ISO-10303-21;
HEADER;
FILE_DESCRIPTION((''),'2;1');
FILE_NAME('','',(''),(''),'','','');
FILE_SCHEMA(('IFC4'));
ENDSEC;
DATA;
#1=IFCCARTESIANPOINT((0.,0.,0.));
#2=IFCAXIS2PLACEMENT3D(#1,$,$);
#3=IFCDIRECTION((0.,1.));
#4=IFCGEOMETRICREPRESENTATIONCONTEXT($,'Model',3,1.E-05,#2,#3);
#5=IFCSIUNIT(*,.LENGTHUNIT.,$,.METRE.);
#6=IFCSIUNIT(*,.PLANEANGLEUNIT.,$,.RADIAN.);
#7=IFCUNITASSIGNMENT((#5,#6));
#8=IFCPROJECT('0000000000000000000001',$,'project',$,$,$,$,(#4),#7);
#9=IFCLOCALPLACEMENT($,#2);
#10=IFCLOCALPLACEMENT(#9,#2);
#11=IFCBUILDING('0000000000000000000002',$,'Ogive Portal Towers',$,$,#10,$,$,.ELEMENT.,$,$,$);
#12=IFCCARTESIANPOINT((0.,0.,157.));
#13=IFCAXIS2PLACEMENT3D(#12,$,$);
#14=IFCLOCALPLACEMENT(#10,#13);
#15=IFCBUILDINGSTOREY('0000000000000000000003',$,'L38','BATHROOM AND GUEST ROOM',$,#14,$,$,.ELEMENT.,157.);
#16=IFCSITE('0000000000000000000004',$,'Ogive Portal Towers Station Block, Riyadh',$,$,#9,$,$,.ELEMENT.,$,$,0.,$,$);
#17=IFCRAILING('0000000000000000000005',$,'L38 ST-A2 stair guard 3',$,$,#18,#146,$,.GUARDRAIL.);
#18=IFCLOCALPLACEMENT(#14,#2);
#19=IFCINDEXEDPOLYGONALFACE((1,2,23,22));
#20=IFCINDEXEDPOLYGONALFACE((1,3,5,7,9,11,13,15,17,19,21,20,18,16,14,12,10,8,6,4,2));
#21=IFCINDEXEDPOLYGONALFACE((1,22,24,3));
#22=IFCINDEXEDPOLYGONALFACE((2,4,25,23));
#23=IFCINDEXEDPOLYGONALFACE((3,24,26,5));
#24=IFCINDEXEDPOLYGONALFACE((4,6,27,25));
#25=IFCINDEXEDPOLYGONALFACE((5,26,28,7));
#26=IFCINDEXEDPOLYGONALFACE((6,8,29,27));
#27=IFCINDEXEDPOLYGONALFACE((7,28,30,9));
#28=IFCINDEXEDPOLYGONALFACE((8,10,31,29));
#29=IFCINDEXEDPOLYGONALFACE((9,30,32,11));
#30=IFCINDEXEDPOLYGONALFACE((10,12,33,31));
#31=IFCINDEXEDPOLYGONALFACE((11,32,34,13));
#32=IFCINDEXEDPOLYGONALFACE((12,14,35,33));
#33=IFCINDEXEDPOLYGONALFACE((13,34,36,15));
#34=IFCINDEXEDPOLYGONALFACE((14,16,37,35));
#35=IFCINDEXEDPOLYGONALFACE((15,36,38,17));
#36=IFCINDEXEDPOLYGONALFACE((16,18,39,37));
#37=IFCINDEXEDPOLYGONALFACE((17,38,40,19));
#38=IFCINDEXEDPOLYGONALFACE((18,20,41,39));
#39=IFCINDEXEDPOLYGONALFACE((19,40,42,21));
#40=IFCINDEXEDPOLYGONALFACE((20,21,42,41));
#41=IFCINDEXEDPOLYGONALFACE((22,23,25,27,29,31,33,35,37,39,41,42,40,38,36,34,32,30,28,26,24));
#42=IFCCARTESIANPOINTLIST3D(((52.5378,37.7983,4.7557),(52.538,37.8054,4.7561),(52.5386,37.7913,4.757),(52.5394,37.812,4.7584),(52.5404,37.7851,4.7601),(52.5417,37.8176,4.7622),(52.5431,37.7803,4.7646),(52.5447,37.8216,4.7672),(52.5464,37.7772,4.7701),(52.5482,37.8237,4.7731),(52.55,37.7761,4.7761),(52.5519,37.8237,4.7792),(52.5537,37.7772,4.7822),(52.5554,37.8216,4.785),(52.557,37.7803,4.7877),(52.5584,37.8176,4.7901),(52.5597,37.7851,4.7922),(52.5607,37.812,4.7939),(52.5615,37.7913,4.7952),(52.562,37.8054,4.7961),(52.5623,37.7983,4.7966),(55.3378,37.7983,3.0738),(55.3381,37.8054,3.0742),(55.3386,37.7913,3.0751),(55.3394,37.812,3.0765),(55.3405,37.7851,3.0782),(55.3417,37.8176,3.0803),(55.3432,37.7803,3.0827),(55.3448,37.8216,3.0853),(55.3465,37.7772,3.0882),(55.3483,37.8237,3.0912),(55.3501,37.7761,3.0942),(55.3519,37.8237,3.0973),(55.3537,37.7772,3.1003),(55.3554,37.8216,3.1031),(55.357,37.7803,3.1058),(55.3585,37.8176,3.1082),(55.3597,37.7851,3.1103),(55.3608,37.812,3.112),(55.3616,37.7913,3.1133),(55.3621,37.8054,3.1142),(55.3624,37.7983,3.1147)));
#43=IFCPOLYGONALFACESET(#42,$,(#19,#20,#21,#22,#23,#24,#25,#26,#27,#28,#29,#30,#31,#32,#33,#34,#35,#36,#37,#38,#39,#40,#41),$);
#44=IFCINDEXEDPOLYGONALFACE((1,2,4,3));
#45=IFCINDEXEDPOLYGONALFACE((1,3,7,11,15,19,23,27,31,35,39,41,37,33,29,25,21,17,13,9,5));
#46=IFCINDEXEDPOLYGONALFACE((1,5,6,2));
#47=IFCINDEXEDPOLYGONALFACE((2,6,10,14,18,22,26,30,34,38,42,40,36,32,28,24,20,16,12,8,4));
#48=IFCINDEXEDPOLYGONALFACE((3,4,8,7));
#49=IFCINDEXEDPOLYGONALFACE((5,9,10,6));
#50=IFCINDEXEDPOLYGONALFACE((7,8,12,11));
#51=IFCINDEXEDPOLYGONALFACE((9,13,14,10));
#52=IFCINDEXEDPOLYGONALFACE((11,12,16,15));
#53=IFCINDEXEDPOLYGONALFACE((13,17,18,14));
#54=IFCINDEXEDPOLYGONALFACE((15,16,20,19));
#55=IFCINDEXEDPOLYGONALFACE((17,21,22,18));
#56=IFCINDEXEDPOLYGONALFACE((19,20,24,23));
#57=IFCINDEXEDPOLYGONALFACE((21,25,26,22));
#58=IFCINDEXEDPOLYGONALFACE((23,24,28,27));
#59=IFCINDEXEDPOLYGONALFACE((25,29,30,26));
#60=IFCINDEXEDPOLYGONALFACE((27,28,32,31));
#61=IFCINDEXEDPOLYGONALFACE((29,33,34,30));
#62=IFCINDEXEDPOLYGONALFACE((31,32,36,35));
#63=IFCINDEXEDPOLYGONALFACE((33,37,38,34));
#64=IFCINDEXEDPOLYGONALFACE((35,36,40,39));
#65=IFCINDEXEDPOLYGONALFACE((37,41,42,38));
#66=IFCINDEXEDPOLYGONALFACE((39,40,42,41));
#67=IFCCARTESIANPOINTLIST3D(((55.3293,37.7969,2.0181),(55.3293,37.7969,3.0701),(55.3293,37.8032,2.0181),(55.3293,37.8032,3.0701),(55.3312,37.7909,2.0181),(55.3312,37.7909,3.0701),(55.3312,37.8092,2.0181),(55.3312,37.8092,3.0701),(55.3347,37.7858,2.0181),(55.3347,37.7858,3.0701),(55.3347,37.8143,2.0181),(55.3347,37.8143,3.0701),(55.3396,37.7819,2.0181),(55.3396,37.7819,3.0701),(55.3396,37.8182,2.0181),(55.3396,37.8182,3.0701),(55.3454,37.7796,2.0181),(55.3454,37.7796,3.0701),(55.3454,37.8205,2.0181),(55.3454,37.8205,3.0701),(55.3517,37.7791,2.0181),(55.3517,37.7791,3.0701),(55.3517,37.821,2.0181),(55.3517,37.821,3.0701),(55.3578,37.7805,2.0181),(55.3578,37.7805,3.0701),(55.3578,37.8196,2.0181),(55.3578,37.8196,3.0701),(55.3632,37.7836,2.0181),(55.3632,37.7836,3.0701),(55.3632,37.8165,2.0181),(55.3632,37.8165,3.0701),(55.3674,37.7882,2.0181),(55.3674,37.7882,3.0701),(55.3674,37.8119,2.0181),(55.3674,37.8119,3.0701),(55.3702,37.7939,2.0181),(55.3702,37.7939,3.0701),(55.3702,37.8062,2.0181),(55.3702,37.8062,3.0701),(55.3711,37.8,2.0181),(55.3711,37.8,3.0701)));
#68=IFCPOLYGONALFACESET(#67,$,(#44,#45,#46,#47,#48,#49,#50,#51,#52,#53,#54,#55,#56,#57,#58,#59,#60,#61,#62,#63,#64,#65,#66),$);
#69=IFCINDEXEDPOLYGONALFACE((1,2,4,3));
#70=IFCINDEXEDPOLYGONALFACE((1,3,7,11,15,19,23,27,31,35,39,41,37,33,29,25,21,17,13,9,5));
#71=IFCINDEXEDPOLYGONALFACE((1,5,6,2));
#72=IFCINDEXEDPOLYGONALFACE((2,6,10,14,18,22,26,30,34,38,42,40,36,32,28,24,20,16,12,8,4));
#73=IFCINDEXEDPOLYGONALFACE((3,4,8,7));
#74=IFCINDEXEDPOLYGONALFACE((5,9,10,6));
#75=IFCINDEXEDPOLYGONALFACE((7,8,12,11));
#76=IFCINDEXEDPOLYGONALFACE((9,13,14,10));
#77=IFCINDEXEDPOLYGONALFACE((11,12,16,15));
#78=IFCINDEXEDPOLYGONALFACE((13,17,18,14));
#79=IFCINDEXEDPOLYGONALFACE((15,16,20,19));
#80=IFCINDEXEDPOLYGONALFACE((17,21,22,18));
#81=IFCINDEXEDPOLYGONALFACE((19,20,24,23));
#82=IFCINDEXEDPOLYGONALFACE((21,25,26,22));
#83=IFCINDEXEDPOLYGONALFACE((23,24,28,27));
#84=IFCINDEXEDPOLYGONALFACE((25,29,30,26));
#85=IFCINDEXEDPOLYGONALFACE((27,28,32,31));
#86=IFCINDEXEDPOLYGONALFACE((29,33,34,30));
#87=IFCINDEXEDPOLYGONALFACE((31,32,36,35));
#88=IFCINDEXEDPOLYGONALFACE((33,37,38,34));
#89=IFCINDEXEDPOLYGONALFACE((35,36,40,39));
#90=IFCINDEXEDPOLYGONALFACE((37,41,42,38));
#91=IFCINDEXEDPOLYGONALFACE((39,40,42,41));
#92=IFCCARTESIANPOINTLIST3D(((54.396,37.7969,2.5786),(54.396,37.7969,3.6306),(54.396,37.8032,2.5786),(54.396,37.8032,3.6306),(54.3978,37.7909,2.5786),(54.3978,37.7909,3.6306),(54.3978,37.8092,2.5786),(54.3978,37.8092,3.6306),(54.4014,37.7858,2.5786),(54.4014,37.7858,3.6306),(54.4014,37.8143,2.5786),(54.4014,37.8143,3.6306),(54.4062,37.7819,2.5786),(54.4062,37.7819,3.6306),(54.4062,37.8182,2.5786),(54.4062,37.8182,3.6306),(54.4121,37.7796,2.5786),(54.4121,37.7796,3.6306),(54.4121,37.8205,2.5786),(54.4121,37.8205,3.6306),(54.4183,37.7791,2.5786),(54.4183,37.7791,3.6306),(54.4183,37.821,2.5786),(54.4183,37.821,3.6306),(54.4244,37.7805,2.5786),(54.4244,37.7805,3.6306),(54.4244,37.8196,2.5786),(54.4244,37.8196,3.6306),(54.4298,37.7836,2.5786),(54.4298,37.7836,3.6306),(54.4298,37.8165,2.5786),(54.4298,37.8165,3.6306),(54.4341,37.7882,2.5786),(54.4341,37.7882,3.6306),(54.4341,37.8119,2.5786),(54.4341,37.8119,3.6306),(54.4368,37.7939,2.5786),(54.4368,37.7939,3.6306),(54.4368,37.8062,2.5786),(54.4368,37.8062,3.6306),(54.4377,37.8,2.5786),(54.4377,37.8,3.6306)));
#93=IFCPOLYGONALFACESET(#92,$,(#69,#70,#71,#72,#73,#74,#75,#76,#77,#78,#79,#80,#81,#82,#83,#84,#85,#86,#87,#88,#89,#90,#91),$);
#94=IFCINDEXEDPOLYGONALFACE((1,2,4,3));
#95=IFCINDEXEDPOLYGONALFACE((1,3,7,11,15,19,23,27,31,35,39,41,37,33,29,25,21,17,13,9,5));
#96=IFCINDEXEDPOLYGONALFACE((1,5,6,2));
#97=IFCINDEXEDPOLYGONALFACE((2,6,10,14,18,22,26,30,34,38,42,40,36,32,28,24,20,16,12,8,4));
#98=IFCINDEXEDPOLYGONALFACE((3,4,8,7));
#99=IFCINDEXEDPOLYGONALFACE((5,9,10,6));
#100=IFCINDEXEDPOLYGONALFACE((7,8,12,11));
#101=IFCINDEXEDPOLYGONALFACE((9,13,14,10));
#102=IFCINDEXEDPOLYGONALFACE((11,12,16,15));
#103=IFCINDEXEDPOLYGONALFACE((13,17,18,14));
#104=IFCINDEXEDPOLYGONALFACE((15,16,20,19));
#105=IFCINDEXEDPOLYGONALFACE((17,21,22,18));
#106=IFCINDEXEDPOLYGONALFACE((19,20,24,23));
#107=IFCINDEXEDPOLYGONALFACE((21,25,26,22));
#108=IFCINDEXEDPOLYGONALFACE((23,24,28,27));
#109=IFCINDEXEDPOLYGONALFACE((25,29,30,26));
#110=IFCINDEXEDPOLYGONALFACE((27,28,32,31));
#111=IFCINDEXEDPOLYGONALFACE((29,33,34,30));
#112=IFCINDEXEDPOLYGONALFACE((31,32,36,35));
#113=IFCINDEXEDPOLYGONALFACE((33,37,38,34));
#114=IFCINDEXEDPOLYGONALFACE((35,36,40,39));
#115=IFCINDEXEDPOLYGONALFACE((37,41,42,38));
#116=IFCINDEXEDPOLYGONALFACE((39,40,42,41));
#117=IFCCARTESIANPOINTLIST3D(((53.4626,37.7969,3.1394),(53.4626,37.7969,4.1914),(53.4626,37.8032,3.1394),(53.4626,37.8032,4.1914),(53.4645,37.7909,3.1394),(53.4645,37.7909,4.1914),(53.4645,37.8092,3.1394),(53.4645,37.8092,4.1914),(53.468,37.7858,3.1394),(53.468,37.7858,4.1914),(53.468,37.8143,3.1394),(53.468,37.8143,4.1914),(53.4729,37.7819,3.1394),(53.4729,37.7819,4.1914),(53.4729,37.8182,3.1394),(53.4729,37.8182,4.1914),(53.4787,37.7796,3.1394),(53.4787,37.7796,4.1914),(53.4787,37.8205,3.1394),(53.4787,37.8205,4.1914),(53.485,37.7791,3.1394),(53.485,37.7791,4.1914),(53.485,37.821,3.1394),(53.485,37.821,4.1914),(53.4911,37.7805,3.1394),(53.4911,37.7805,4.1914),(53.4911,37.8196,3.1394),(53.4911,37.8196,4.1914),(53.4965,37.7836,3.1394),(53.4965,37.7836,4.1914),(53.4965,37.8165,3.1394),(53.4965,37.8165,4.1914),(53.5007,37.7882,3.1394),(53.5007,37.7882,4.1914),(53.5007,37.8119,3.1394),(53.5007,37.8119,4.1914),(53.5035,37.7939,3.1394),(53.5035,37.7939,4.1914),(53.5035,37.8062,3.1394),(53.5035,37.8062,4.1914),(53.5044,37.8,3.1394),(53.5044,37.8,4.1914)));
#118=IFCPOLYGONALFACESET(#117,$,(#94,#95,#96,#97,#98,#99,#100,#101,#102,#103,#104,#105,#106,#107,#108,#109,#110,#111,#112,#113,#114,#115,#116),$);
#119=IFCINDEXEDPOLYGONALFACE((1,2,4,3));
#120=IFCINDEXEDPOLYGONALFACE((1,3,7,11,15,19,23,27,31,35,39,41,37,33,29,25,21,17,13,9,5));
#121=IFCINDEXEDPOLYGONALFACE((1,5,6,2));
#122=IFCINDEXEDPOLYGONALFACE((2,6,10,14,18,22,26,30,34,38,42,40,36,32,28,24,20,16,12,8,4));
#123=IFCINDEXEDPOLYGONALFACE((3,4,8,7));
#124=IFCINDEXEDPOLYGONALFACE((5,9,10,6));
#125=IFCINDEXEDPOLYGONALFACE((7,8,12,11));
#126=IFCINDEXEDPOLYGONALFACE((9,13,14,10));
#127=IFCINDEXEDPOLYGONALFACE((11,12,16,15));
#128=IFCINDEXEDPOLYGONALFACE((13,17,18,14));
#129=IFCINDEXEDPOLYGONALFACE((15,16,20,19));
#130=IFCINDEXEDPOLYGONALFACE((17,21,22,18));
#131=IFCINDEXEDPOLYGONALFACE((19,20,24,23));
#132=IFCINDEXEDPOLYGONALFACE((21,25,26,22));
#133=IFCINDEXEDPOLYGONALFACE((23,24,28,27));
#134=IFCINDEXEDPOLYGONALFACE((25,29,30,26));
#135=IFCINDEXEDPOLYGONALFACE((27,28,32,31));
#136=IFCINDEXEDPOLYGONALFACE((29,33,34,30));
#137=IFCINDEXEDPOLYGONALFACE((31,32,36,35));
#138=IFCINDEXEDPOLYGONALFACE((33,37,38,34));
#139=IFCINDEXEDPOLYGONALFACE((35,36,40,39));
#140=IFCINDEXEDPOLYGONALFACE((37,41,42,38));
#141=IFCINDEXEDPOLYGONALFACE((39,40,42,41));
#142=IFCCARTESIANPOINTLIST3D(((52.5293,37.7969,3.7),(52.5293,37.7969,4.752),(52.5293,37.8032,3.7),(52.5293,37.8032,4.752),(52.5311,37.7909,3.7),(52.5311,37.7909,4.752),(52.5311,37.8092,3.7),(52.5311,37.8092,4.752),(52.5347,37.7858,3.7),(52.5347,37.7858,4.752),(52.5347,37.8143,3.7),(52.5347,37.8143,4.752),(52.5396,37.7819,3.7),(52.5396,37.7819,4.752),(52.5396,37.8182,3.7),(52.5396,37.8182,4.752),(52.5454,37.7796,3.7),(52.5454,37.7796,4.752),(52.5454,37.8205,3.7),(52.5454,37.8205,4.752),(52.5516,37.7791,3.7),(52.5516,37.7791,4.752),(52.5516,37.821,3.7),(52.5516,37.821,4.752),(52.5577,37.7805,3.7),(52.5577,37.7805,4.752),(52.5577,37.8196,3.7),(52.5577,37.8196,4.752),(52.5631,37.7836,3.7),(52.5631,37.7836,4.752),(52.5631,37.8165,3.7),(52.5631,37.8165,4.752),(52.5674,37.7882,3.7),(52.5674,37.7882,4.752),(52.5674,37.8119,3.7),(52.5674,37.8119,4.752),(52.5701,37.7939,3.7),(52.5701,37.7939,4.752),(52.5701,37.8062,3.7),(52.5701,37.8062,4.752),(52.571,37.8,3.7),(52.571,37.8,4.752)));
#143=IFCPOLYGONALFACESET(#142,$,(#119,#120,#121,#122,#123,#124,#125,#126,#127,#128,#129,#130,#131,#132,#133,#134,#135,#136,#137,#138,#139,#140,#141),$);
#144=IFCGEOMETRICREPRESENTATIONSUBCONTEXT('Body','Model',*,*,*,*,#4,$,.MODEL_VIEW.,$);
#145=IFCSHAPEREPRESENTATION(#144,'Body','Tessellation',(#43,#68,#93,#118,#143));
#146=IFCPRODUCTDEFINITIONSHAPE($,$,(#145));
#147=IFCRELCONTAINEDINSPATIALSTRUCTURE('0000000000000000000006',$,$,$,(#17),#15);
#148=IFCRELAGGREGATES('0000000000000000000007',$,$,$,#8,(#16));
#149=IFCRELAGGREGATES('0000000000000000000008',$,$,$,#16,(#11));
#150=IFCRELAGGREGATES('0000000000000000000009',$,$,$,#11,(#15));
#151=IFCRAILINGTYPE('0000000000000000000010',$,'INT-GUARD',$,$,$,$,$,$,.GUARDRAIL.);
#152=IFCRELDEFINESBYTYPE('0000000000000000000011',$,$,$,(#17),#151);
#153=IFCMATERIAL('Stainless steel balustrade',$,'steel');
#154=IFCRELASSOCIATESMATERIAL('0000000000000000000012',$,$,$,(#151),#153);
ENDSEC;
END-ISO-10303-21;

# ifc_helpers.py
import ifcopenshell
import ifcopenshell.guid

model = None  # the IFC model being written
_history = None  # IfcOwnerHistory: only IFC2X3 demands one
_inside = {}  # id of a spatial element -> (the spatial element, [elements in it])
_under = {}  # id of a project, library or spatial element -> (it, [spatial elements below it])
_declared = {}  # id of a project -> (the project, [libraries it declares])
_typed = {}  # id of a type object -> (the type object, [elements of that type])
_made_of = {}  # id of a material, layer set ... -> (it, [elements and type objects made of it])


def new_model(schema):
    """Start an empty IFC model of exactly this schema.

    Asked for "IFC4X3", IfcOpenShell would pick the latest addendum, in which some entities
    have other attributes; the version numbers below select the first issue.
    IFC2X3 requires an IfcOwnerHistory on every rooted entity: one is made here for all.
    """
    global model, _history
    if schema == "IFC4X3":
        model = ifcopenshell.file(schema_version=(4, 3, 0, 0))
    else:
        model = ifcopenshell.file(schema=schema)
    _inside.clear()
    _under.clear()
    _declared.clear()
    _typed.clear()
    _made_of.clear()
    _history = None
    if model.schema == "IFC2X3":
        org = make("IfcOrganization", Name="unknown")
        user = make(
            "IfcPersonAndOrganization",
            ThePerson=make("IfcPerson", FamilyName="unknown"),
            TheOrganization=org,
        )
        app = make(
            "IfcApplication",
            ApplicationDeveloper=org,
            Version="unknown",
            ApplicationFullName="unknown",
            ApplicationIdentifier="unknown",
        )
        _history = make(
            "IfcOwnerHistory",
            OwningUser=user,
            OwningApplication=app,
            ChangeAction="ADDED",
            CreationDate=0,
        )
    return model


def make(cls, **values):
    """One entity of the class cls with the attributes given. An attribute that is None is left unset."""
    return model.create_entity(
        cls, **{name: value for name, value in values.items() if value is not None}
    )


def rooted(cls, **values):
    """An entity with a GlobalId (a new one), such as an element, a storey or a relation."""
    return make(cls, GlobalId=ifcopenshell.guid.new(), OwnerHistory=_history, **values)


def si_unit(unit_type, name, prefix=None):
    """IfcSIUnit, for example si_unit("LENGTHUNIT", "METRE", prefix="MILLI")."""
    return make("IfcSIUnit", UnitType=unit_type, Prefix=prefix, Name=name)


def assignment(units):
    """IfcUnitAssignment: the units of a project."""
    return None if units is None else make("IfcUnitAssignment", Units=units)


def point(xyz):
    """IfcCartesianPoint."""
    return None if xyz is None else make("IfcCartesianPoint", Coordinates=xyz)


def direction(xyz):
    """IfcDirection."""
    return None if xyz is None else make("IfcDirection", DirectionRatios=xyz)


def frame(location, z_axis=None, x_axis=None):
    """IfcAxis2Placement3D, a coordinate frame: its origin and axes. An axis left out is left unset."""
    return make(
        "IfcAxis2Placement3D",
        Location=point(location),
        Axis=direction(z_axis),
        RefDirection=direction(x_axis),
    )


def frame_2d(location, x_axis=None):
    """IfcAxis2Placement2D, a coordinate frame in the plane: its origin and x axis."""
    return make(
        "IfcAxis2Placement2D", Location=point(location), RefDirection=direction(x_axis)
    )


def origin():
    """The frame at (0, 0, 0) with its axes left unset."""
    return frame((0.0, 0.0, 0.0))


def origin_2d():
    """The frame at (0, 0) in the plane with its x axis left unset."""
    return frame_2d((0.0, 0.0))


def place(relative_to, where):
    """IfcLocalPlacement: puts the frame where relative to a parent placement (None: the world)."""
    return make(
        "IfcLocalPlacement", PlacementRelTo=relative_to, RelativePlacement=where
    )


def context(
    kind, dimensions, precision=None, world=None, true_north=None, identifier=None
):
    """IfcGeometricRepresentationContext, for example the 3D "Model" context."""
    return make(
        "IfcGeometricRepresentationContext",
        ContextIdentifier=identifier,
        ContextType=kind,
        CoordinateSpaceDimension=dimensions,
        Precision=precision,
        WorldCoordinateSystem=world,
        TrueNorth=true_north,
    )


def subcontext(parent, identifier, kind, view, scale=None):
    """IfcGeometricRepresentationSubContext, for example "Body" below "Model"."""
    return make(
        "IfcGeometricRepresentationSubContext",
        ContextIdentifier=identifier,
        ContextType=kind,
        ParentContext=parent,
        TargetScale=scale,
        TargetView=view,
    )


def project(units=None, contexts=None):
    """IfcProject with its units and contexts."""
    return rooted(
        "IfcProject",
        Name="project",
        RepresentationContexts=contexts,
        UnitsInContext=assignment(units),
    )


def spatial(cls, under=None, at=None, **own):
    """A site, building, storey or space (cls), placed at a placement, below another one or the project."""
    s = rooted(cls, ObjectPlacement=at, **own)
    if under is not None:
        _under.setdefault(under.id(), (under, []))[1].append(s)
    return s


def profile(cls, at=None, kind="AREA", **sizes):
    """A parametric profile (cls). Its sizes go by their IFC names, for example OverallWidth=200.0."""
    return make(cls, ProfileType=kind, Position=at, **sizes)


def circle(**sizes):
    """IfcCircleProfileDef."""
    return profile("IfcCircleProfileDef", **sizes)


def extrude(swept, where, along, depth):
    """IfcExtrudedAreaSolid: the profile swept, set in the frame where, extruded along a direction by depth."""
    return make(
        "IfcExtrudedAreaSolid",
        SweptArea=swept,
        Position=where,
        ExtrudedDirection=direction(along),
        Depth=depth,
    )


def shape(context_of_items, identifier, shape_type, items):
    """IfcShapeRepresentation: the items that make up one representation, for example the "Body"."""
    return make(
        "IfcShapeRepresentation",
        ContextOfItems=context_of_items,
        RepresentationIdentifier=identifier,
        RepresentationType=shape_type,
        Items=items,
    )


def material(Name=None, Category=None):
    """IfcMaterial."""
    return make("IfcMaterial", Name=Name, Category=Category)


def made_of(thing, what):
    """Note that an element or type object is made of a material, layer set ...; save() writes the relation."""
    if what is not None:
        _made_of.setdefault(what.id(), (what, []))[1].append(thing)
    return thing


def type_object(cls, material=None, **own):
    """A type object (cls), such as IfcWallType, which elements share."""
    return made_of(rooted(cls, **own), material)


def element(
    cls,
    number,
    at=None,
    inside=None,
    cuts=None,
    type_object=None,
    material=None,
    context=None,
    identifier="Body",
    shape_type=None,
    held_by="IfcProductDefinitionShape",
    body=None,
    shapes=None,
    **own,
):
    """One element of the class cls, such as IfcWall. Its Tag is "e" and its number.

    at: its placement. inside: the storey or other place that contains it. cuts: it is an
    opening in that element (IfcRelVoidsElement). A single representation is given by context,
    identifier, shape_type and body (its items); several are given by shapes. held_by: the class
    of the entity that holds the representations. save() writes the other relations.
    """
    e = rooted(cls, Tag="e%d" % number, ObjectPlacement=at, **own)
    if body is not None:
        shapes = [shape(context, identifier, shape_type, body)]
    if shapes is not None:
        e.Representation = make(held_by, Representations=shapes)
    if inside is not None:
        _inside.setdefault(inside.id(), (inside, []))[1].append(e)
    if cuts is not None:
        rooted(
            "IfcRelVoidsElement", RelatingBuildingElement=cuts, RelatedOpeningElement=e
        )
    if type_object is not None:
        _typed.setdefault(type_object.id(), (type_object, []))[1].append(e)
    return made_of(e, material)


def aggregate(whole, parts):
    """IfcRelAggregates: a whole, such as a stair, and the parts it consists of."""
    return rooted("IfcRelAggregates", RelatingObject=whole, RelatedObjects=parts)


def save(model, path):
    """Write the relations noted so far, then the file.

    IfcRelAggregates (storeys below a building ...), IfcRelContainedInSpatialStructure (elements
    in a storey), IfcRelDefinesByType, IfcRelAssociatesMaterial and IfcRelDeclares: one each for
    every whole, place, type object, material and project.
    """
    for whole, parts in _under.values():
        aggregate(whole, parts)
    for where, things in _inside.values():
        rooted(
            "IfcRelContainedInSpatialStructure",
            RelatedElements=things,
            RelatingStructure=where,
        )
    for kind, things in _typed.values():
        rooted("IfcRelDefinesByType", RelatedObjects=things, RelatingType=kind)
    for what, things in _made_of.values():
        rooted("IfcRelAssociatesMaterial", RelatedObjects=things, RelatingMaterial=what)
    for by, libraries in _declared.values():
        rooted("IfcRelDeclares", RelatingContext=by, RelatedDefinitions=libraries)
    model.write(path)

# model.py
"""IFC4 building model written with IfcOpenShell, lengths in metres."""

from ifc_helpers import new_model, si_unit, direction, frame, origin, origin_2d, place, context, subcontext, project, spatial, circle, extrude, material, type_object, element, save


model = new_model("IFC4")

# Units and contexts
model_context = context("Model", 3, precision=1e-05, world=origin(), true_north=direction((0.0, 1.0)))
body_context = subcontext(model_context, "Body", "Model", "MODEL_VIEW")
ifc_project = project(units=[si_unit("LENGTHUNIT", "METRE"), si_unit("PLANEANGLEUNIT", "RADIAN")], contexts=[model_context])

# Site, building, storey
site_placement = place(None, origin())
site = spatial("IfcSite", under=ifc_project, at=site_placement, Name="Ogive Portal Towers Station Block, Riyadh", CompositionType="ELEMENT", RefElevation=0.0)
building_placement = place(site_placement, origin())
building = spatial("IfcBuilding", under=site, at=building_placement, Name="Ogive Portal Towers", CompositionType="ELEMENT")
storey_placement = place(building_placement, frame((0.0, 0.0, 157.0)))
storey = spatial("IfcBuildingStorey", under=building, at=storey_placement, Name="L38", Description="BATHROOM AND GUEST ROOM", CompositionType="ELEMENT", Elevation=157.0)

# Railing
ifc_material_1 = material(Name="Stainless steel balustrade", Category="steel")
railing_type_1 = type_object("IfcRailingType", Name="INT-GUARD", PredefinedType="GUARDRAIL", material=ifc_material_1)
railing_1_placement = place(storey_placement, frame((55.3501, 37.8, 2.0181)))
element("IfcRailing", 1, at=railing_1_placement, inside=storey, type_object=railing_type_1, Name="L38 ST-A2 stair guard 3", PredefinedType="GUARDRAIL", context=body_context, shape_type="SweptSolid", body=[
    extrude(circle(Radius=0.0239, at=origin_2d()), frame((0.0, 0.0, 1.0762), z_axis=(-0.857242, 0.0, 0.514913), x_axis=(0.0, -1.0, 0.0)), (0.0, 0.0, 1.0), 3.2664),
    extrude(circle(Radius=0.021, at=origin_2d()), origin(), (0.0, 0.0, 1.0), 1.052),
    extrude(circle(Radius=0.021, at=origin_2d()), frame((-0.9333, 0.0, 0.5605)), (0.0, 0.0, 1.0), 1.052),
    extrude(circle(Radius=0.021, at=origin_2d()), frame((-1.8667, 0.0, 1.1213)), (0.0, 0.0, 1.0), 1.052),
    extrude(circle(Radius=0.021, at=origin_2d()), frame((-2.8, 0.0, 1.6819)), (0.0, 0.0, 1.0), 1.052),
])

save(model, "model.ifc")
